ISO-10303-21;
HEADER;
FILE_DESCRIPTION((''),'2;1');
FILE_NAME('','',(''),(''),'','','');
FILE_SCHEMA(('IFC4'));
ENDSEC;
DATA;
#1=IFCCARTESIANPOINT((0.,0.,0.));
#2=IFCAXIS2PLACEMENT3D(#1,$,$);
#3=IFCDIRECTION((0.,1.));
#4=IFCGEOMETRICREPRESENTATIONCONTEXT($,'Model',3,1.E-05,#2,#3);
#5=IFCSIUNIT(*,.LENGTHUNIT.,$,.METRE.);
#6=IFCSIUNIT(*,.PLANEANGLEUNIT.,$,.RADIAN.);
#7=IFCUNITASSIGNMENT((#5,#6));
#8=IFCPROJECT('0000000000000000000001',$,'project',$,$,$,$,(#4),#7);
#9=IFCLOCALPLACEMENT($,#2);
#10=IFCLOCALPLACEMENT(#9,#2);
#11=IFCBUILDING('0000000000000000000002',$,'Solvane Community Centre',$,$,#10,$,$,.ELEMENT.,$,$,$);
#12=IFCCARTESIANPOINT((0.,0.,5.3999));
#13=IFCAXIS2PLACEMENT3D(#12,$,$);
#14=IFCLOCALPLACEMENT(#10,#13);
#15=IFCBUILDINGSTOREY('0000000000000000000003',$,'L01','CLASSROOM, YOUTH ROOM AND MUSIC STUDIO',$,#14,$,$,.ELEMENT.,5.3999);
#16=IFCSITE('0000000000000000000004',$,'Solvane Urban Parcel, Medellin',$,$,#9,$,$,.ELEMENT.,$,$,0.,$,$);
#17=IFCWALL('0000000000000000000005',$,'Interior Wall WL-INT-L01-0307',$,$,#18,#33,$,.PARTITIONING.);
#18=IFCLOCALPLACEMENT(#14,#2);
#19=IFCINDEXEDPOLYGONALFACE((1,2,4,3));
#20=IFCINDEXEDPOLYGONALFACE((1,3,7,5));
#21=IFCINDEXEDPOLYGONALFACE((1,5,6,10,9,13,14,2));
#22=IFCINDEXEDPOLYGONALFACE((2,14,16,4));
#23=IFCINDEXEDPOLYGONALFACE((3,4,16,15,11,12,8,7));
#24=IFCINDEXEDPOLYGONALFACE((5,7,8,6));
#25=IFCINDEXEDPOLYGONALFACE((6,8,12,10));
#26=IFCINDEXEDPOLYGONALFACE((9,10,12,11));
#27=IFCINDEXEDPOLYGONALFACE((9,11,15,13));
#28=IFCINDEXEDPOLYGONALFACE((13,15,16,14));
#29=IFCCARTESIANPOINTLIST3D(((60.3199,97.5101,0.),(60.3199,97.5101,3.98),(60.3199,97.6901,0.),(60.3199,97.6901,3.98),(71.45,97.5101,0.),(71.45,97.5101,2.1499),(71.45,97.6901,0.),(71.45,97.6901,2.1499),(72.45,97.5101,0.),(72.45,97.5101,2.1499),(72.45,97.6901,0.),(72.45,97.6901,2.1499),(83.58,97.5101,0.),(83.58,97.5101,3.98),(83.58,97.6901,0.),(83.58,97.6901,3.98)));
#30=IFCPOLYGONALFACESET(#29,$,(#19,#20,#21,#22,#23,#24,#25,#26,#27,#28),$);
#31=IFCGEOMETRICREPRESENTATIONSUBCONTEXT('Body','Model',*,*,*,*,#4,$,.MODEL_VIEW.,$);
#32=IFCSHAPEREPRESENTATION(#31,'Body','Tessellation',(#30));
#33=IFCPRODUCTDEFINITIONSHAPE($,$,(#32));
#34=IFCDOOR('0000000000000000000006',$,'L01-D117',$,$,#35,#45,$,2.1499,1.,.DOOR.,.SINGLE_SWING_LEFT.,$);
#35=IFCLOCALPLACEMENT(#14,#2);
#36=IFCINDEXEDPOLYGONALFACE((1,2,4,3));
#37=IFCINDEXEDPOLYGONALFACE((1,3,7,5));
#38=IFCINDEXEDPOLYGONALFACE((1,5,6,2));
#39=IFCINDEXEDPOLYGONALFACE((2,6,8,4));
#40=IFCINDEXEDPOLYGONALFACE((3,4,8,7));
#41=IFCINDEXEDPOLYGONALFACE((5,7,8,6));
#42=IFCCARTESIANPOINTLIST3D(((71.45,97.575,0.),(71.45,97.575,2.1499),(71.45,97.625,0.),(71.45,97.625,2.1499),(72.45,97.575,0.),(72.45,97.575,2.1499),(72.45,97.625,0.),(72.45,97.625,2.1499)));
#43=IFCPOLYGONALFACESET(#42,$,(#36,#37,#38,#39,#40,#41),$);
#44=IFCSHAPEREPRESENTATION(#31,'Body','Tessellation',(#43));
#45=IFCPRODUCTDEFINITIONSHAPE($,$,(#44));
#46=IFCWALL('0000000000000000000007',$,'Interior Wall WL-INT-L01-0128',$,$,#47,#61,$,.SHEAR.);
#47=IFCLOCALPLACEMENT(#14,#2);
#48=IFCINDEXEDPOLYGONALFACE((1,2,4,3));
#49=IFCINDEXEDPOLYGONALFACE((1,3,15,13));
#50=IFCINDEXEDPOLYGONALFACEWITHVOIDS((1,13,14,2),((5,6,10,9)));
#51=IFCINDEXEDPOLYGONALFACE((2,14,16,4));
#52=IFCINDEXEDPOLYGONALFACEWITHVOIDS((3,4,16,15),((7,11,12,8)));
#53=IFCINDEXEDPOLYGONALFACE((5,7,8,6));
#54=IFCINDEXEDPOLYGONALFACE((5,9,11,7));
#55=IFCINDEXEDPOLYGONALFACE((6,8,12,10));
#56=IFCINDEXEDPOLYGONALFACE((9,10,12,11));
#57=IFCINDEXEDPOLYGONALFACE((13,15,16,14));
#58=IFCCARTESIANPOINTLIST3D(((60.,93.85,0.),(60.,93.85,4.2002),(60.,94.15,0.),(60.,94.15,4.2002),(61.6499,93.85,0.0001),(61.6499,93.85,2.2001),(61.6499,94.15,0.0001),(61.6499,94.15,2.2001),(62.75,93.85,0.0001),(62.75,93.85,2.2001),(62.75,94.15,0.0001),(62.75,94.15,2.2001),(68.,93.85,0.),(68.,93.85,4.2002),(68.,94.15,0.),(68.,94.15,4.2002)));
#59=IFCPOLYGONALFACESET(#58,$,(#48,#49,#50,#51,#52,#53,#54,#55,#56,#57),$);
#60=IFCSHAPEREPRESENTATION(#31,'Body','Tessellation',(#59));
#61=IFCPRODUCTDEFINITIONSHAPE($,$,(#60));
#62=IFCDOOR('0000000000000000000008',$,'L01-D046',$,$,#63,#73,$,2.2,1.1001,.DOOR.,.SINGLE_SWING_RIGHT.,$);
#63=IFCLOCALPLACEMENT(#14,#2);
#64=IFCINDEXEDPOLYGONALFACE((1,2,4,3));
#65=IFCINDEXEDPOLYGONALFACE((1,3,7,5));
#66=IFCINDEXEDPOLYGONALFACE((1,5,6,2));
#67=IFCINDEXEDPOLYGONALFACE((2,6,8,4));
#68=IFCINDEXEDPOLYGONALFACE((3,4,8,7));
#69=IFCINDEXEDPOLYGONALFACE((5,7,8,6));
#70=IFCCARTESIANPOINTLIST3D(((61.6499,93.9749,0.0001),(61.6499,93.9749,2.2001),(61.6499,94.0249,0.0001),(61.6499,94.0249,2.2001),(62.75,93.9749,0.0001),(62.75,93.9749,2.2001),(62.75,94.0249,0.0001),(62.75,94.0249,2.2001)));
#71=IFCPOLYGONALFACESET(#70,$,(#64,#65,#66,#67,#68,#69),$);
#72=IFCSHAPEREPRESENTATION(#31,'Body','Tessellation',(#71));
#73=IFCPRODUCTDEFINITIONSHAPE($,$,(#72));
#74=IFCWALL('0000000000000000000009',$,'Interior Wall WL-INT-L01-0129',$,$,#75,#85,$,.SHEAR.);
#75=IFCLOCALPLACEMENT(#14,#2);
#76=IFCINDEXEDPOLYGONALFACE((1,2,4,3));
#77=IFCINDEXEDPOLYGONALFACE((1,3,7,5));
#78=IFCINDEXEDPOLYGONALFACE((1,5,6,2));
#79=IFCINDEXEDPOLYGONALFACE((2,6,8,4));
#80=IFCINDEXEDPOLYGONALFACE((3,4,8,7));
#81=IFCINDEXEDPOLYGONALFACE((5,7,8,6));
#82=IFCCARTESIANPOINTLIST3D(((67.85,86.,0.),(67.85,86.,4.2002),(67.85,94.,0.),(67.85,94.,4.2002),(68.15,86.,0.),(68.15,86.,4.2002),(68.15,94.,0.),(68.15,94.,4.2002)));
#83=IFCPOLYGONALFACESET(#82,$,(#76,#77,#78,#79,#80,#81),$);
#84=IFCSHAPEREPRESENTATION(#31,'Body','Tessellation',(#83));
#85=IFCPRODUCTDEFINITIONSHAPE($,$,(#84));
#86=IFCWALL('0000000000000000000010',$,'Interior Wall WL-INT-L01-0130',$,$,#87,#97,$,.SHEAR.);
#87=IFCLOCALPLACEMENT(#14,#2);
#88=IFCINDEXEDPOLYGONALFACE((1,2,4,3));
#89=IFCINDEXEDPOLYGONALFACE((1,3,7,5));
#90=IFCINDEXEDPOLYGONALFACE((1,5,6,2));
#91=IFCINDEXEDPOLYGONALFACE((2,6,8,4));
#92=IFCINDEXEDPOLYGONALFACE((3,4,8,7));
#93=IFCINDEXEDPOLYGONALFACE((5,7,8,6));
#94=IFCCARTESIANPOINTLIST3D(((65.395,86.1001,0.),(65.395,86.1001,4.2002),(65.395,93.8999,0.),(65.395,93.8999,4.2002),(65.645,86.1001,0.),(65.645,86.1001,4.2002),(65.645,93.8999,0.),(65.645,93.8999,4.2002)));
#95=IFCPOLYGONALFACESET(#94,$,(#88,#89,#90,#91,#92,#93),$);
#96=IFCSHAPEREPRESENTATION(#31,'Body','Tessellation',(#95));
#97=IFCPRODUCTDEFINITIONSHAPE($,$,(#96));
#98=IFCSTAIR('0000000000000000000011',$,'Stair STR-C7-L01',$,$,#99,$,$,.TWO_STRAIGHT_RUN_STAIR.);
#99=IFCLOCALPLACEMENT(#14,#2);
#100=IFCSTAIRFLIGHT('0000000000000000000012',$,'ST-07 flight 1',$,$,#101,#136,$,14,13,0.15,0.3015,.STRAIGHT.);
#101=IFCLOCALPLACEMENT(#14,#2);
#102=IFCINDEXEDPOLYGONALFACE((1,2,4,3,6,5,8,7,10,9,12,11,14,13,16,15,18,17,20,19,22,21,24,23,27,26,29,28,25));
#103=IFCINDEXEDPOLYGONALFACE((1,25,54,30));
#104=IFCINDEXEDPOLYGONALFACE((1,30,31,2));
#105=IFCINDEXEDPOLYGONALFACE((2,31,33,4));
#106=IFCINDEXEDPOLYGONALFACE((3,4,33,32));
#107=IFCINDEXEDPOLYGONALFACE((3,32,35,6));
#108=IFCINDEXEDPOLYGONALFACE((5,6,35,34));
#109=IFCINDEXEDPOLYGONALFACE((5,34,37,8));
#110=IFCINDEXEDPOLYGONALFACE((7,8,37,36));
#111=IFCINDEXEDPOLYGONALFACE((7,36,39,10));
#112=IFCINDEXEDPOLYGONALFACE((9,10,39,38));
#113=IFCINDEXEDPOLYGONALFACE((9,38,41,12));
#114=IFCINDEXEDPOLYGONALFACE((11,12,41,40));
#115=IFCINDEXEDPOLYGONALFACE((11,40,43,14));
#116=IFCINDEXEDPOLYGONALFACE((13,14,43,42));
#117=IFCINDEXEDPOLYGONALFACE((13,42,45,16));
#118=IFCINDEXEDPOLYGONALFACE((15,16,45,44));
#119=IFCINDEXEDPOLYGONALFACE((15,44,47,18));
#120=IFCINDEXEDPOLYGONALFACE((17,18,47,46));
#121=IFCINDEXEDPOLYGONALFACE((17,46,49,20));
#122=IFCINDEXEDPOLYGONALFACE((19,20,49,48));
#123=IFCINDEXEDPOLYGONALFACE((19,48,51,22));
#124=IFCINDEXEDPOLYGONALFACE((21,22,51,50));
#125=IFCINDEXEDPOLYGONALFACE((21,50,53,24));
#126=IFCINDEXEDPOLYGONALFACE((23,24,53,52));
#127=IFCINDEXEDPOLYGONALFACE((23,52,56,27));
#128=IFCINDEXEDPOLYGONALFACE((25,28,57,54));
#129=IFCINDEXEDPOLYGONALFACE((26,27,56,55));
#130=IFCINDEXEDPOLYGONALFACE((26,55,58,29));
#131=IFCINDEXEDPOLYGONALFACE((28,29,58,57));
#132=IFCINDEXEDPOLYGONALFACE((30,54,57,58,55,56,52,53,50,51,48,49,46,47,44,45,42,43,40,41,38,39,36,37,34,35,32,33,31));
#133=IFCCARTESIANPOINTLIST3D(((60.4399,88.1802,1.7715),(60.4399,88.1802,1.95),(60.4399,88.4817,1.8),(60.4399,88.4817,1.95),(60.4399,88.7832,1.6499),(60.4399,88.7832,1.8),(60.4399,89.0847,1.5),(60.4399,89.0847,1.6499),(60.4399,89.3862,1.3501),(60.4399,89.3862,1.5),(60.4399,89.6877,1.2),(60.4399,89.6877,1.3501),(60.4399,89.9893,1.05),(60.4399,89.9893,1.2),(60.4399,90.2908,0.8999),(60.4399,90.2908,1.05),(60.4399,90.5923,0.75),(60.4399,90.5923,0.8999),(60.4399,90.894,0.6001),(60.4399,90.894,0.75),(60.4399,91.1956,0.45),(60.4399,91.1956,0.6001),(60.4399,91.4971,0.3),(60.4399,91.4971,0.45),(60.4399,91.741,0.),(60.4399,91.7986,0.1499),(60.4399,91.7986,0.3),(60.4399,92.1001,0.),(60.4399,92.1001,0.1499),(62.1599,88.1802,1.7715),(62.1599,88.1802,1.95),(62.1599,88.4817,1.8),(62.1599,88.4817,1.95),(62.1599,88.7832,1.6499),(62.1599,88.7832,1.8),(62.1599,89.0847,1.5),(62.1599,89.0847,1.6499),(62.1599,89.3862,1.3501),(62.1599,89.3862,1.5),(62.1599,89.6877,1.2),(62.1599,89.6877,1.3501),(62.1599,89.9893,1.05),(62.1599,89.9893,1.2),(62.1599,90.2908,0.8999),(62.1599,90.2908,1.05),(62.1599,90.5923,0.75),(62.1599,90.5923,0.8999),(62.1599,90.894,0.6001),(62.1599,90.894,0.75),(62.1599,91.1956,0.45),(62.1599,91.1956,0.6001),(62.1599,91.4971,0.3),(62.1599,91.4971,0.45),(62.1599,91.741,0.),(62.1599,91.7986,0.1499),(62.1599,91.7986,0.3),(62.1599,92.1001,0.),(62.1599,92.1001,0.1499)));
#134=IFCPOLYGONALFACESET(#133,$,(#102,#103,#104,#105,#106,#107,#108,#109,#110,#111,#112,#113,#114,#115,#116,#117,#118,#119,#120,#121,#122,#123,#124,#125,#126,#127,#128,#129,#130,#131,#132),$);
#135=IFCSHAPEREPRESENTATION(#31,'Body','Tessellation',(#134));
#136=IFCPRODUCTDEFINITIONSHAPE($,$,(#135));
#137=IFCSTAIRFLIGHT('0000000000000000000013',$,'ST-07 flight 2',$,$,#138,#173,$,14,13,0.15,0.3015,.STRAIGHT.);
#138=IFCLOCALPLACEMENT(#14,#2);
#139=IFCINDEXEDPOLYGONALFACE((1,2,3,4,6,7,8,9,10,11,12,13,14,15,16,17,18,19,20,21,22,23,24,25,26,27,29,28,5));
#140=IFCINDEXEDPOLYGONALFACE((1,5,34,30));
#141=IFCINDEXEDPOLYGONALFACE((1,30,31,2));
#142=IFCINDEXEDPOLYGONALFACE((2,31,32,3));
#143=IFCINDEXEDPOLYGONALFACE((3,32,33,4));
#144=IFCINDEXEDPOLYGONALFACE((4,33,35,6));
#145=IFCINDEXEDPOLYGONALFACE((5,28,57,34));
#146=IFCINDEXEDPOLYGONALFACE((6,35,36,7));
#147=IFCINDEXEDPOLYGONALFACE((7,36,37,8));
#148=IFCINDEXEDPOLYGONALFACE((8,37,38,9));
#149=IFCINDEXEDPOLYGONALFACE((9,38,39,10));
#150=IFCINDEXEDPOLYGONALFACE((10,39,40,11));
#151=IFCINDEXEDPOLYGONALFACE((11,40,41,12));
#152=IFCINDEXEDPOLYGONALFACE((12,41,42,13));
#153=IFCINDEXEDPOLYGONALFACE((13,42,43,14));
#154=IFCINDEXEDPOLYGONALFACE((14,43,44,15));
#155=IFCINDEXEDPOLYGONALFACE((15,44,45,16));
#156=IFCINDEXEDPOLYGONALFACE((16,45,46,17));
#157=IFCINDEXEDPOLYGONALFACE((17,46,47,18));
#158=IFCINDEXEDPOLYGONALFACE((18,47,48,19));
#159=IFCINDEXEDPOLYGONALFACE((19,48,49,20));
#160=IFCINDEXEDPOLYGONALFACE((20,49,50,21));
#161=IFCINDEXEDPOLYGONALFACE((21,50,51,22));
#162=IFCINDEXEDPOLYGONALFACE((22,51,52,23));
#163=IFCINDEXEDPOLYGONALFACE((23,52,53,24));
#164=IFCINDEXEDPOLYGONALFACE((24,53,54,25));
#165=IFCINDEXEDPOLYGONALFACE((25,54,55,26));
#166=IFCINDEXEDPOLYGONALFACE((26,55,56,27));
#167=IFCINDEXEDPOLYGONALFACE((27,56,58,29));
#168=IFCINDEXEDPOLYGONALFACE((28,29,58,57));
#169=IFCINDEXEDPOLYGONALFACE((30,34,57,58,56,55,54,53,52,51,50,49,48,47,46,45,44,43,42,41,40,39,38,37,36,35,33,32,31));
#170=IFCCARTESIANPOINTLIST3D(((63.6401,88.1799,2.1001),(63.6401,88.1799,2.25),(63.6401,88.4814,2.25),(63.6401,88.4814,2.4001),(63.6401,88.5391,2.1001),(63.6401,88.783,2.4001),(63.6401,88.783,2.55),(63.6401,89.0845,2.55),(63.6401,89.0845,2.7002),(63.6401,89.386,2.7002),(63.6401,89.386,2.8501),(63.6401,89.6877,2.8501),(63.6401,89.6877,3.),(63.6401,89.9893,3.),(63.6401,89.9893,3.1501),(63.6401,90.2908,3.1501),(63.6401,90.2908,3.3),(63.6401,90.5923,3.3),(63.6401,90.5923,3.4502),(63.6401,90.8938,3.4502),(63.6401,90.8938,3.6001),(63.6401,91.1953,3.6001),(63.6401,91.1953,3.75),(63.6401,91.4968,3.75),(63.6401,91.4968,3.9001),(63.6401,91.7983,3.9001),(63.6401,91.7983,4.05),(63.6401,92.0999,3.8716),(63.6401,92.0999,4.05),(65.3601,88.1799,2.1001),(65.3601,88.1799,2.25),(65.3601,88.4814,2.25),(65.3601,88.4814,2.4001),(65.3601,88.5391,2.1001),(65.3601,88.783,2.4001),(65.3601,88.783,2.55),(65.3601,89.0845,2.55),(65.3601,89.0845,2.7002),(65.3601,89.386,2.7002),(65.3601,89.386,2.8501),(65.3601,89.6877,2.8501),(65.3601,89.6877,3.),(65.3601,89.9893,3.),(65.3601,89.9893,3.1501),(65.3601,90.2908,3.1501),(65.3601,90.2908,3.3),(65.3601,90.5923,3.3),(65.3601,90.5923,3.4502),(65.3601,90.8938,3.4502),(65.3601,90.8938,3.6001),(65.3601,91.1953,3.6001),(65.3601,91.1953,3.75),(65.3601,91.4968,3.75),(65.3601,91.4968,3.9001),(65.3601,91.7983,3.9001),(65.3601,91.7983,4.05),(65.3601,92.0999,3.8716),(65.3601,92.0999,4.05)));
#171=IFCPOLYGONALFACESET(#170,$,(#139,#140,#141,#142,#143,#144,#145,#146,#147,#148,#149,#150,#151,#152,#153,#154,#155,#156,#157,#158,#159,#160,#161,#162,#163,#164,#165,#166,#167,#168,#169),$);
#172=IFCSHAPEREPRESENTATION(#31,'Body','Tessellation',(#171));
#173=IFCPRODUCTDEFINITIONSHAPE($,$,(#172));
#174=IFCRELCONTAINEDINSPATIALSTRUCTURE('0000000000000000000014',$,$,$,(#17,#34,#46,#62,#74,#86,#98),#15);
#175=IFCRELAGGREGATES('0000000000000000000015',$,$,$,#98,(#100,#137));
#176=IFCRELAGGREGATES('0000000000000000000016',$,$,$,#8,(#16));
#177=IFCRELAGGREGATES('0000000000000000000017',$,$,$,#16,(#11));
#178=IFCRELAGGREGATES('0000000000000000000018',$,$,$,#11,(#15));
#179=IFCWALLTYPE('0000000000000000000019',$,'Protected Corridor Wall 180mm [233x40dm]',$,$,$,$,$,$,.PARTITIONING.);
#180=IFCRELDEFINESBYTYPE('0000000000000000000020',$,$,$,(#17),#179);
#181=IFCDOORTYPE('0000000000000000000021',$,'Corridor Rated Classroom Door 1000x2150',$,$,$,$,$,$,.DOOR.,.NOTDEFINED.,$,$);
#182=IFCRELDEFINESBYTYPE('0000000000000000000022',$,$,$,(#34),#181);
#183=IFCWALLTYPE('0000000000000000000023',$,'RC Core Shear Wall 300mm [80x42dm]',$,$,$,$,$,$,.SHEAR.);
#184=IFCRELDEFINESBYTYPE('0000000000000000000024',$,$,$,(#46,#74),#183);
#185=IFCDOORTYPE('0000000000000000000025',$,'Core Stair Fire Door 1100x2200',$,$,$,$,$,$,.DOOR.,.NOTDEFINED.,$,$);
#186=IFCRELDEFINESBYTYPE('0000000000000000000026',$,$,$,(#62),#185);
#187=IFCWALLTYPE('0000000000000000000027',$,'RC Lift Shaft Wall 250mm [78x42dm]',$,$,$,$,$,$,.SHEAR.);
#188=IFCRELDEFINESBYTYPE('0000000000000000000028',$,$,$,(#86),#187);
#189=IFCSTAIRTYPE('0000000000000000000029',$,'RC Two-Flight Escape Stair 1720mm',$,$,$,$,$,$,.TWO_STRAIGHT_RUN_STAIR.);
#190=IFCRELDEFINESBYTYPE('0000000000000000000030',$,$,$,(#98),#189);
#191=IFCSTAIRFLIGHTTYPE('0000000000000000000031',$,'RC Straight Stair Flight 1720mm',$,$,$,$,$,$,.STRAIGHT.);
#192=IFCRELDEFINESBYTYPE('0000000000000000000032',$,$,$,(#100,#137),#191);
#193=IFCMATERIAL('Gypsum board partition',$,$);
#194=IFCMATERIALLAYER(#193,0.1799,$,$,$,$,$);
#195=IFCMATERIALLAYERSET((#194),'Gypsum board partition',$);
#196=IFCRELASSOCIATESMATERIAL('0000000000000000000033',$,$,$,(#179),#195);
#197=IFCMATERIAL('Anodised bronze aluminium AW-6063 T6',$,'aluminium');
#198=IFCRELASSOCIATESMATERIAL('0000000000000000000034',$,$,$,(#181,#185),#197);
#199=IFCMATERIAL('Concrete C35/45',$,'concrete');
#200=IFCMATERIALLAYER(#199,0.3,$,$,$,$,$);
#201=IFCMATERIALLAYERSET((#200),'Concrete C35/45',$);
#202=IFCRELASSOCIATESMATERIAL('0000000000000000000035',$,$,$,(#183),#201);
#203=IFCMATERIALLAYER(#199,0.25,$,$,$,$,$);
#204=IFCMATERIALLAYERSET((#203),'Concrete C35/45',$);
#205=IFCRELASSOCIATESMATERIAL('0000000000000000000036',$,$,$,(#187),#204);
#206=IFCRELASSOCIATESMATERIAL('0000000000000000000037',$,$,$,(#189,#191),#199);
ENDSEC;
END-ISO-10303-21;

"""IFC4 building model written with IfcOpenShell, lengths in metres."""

from ifc_helpers import new_model, si_unit, direction, frame, frame_2d, origin, place, context, subcontext, project, spatial, polyline, rectangle, outline, extrude, material, layer, layer_set, type_object, element, fill, aggregate, save


model = new_model("IFC4")

# Units and contexts
model_context = context("Model", 3, precision=1e-05, world=origin(), true_north=direction((0.0, 1.0)))
body_context = subcontext(model_context, "Body", "Model", "MODEL_VIEW")
ifc_project = project(units=[si_unit("LENGTHUNIT", "METRE"), si_unit("PLANEANGLEUNIT", "RADIAN")], contexts=[model_context])

# Site, building, storey
site_placement = place(None, origin())
site = spatial("IfcSite", under=ifc_project, at=site_placement, Name="Solvane Urban Parcel, Medellin", CompositionType="ELEMENT", RefElevation=0.0)
building_placement = place(site_placement, origin())
building = spatial("IfcBuilding", under=site, at=building_placement, Name="Solvane Community Centre", CompositionType="ELEMENT")
storey_placement = place(building_placement, frame((0.0, 0.0, 5.3999)))
storey = spatial("IfcBuildingStorey", under=building, at=storey_placement, Name="L01", Description="CLASSROOM, YOUTH ROOM AND MUSIC STUDIO", CompositionType="ELEMENT", Elevation=5.3999)

# Shared definitions
ifc_material_1 = material(Name="Concrete C35/45", Category="concrete")

# Shared definitions
ifc_material_2 = material(Name="Anodised bronze aluminium AW-6063 T6", Category="aluminium")

# Shared definitions
ifc_material_3 = material(Name="Gypsum board partition")

# Walls, openings, doors
ifc_layer_1 = layer(ifc_material_3, 0.1799)
ifc_layer_set_1 = layer_set([ifc_layer_1], Name="Gypsum board partition")
wall_type_1 = type_object("IfcWallType", Name="Protected Corridor Wall 180mm [233x40dm]", PredefinedType="PARTITIONING", material=ifc_layer_set_1)
wall_1_placement = place(storey_placement, frame((60.3201, 97.6001, 0.0), z_axis=(0.0, 0.0, 1.0), x_axis=(1.0, 0.0, 0.0)))
wall_1 = element("IfcWall", 1, at=wall_1_placement, inside=storey, type_object=wall_type_1, Name="Interior Wall WL-INT-L01-0307", PredefinedType="PARTITIONING", context=body_context, shape_type="SweptSolid", body=[
    extrude(rectangle(XDim=23.26, YDim=0.1799, at=frame_2d((11.6299, 0.0))), origin(), (0.0, 0.0, 1.0), 3.98),
])
opening_1_placement = place(wall_1_placement, frame((11.1299, 0.0, 0.0)))
opening_1 = element("IfcOpeningElement", 2, at=opening_1_placement, cuts=wall_1, PredefinedType="OPENING", context=body_context, shape_type="SweptSolid", body=[
    extrude(rectangle(XDim=1.0, YDim=2.1499, at=frame_2d((0.5, 1.075))), frame((0.0, 0.0999, 0.0), z_axis=(0.0, -1.0, 0.0), x_axis=(1.0, 0.0, 0.0)), (0.0, 0.0, 1.0), 0.2),
])
door_type_1 = type_object("IfcDoorType", Name="Corridor Rated Classroom Door 1000x2150", OperationType="NOTDEFINED", PredefinedType="DOOR", material=ifc_material_2)
door_1_placement = place(opening_1_placement, origin())
door_1 = element("IfcDoor", 3, at=door_1_placement, inside=storey, type_object=door_type_1, Name="L01-D117", OperationType="SINGLE_SWING_LEFT", OverallHeight=2.1499, OverallWidth=1.0, PredefinedType="DOOR", context=body_context, shape_type="SweptSolid", body=[
    extrude(rectangle(XDim=1.0, YDim=2.1499, at=frame_2d((0.5, 1.075))), frame((0.0, 0.0249, 0.0), z_axis=(0.0, -1.0, 0.0), x_axis=(1.0, 0.0, 0.0)), (0.0, 0.0, 1.0), 0.05),
])
fill(opening_1, door_1)
ifc_layer_2 = layer(ifc_material_1, 0.3)
ifc_layer_set_2 = layer_set([ifc_layer_2], Name="Concrete C35/45")
wall_type_2 = type_object("IfcWallType", Name="RC Core Shear Wall 300mm [80x42dm]", PredefinedType="SHEAR", material=ifc_layer_set_2)
wall_2_placement = place(storey_placement, frame((60.0, 94.0, 0.0), z_axis=(0.0, 0.0, 1.0), x_axis=(1.0, 0.0, 0.0)))
wall_2 = element("IfcWall", 4, at=wall_2_placement, inside=storey, type_object=wall_type_2, Name="Interior Wall WL-INT-L01-0128", PredefinedType="SHEAR", context=body_context, shape_type="SweptSolid", body=[
    extrude(rectangle(XDim=8.0, YDim=0.3, at=frame_2d((4.0, 0.0))), origin(), (0.0, 0.0, 1.0), 4.2002),
])
opening_2_placement = place(wall_2_placement, frame((1.6499, 0.0, 0.0)))
opening_2 = element("IfcOpeningElement", 5, at=opening_2_placement, cuts=wall_2, PredefinedType="OPENING", context=body_context, shape_type="SweptSolid", body=[
    extrude(rectangle(XDim=1.1001, YDim=2.2, at=frame_2d((0.55, 1.1001))), frame((0.0, 0.1599, 0.0), z_axis=(0.0, -1.0, 0.0), x_axis=(1.0, 0.0, 0.0)), (0.0, 0.0, 1.0), 0.3201),
])
door_type_2 = type_object("IfcDoorType", Name="Core Stair Fire Door 1100x2200", OperationType="NOTDEFINED", PredefinedType="DOOR", material=ifc_material_2)
door_2_placement = place(opening_2_placement, origin())
door_2 = element("IfcDoor", 6, at=door_2_placement, inside=storey, type_object=door_type_2, Name="L01-D046", OperationType="SINGLE_SWING_RIGHT", OverallHeight=2.2, OverallWidth=1.1001, PredefinedType="DOOR", context=body_context, shape_type="SweptSolid", body=[
    extrude(rectangle(XDim=1.1001, YDim=2.2, at=frame_2d((0.55, 1.1001))), frame((0.0, 0.0249, 0.0), z_axis=(0.0, -1.0, 0.0), x_axis=(1.0, 0.0, 0.0)), (0.0, 0.0, 1.0), 0.05),
])
fill(opening_2, door_2)

# Walls
wall_3_placement = place(storey_placement, frame((68.0, 94.0, 0.0), z_axis=(0.0, 0.0, 1.0), x_axis=(0.0, -1.0, 0.0)))
element("IfcWall", 7, at=wall_3_placement, inside=storey, type_object=wall_type_2, Name="Interior Wall WL-INT-L01-0129", PredefinedType="SHEAR", context=body_context, shape_type="SweptSolid", body=[
    extrude(rectangle(XDim=8.0, YDim=0.3, at=frame_2d((4.0, 0.0))), origin(), (0.0, 0.0, 1.0), 4.2002),
])
ifc_layer_3 = layer(ifc_material_1, 0.25)
ifc_layer_set_3 = layer_set([ifc_layer_3], Name="Concrete C35/45")
wall_type_3 = type_object("IfcWallType", Name="RC Lift Shaft Wall 250mm [78x42dm]", PredefinedType="SHEAR", material=ifc_layer_set_3)
wall_4_placement = place(storey_placement, frame((65.52, 86.1001, 0.0), z_axis=(0.0, 0.0, 1.0), x_axis=(0.0, 1.0, 0.0)))
element("IfcWall", 8, at=wall_4_placement, inside=storey, type_object=wall_type_3, Name="Interior Wall WL-INT-L01-0130", PredefinedType="SHEAR", context=body_context, shape_type="SweptSolid", body=[
    extrude(rectangle(XDim=7.7998, YDim=0.25, at=frame_2d((3.8999, 0.0))), origin(), (0.0, 0.0, 1.0), 4.2002),
])

# Stair, stair flights
stair_type = type_object("IfcStairType", Name="RC Two-Flight Escape Stair 1720mm", PredefinedType="TWO_STRAIGHT_RUN_STAIR", material=ifc_material_1)
stair_placement = place(storey_placement, origin())
stair = element("IfcStair", 9, at=stair_placement, inside=storey, type_object=stair_type, Name="Stair STR-C7-L01", PredefinedType="TWO_STRAIGHT_RUN_STAIR")
stair_flight_type = type_object("IfcStairFlightType", Name="RC Straight Stair Flight 1720mm", PredefinedType="STRAIGHT", material=ifc_material_1)
stair_flight_1_placement = place(storey_placement, frame((61.3, 92.1001, 0.0), z_axis=(0.0, 0.0, 1.0), x_axis=(0.0, -1.0, 0.0)))
stair_flight_1 = element("IfcStairFlight", 10, at=stair_flight_1_placement, type_object=stair_flight_type, Name="ST-07 flight 1", NumberOfRisers=14, NumberOfTreads=13, PredefinedType="STRAIGHT", RiserHeight=0.15, TreadLength=0.3015, context=body_context, shape_type="SweptSolid", body=[
    extrude(outline(polyline([(0.0, 0.0), (0.0, 0.1499), (0.3015, 0.1499), (0.3015, 0.3), (0.603, 0.3), (0.603, 0.45), (0.9045, 0.45), (0.9045, 0.6001), (1.2061, 0.6001), (1.2061, 0.75), (1.5078, 0.75), (1.5078, 0.8999), (1.8093, 0.8999), (1.8093, 1.05), (2.1108, 1.05), (2.1108, 1.2), (2.4124, 1.2), (2.4124, 1.3501), (2.7139, 1.3501), (2.7139, 1.5), (3.0154, 1.5), (3.0154, 1.6499), (3.3169, 1.6499), (3.3169, 1.8), (3.6184, 1.8), (3.6184, 1.95), (3.9199, 1.95), (3.9199, 2.1001), (3.9199, 1.7715), (0.3591, 0.0), (0.0, 0.0)])), frame((0.0, 0.8599, 0.0), z_axis=(0.0, -1.0, 0.0), x_axis=(1.0, 0.0, 0.0)), (0.0, 0.0, 1.0), 1.72),
])
stair_flight_2_placement = place(storey_placement, frame((64.5, 88.1799, 2.1001), z_axis=(0.0, 0.0, 1.0), x_axis=(0.0, 1.0, 0.0)))
stair_flight_2 = element("IfcStairFlight", 11, at=stair_flight_2_placement, type_object=stair_flight_type, Name="ST-07 flight 2", NumberOfRisers=14, NumberOfTreads=13, PredefinedType="STRAIGHT", RiserHeight=0.15, TreadLength=0.3015, context=body_context, shape_type="SweptSolid", body=[
    extrude(outline(polyline([(0.0, 0.0), (0.0, 0.1499), (0.3015, 0.1499), (0.3015, 0.3), (0.603, 0.3), (0.603, 0.45), (0.9045, 0.45), (0.9045, 0.6001), (1.2061, 0.6001), (1.2061, 0.75), (1.5078, 0.75), (1.5078, 0.8999), (1.8093, 0.8999), (1.8093, 1.05), (2.1108, 1.05), (2.1108, 1.2), (2.4124, 1.2), (2.4124, 1.3501), (2.7139, 1.3501), (2.7139, 1.5), (3.0154, 1.5), (3.0154, 1.6499), (3.3169, 1.6499), (3.3169, 1.8), (3.6184, 1.8), (3.6184, 1.95), (3.9199, 1.95), (3.9199, 2.1001), (3.9199, 1.7715), (0.3591, 0.0), (0.0, 0.0)])), frame((0.0, 0.8599, 0.0), z_axis=(0.0, -1.0, 0.0), x_axis=(1.0, 0.0, 0.0)), (0.0, 0.0, 1.0), 1.72),
])
aggregate(stair, [stair_flight_1, stair_flight_2])

save(model, "model.ifc")
